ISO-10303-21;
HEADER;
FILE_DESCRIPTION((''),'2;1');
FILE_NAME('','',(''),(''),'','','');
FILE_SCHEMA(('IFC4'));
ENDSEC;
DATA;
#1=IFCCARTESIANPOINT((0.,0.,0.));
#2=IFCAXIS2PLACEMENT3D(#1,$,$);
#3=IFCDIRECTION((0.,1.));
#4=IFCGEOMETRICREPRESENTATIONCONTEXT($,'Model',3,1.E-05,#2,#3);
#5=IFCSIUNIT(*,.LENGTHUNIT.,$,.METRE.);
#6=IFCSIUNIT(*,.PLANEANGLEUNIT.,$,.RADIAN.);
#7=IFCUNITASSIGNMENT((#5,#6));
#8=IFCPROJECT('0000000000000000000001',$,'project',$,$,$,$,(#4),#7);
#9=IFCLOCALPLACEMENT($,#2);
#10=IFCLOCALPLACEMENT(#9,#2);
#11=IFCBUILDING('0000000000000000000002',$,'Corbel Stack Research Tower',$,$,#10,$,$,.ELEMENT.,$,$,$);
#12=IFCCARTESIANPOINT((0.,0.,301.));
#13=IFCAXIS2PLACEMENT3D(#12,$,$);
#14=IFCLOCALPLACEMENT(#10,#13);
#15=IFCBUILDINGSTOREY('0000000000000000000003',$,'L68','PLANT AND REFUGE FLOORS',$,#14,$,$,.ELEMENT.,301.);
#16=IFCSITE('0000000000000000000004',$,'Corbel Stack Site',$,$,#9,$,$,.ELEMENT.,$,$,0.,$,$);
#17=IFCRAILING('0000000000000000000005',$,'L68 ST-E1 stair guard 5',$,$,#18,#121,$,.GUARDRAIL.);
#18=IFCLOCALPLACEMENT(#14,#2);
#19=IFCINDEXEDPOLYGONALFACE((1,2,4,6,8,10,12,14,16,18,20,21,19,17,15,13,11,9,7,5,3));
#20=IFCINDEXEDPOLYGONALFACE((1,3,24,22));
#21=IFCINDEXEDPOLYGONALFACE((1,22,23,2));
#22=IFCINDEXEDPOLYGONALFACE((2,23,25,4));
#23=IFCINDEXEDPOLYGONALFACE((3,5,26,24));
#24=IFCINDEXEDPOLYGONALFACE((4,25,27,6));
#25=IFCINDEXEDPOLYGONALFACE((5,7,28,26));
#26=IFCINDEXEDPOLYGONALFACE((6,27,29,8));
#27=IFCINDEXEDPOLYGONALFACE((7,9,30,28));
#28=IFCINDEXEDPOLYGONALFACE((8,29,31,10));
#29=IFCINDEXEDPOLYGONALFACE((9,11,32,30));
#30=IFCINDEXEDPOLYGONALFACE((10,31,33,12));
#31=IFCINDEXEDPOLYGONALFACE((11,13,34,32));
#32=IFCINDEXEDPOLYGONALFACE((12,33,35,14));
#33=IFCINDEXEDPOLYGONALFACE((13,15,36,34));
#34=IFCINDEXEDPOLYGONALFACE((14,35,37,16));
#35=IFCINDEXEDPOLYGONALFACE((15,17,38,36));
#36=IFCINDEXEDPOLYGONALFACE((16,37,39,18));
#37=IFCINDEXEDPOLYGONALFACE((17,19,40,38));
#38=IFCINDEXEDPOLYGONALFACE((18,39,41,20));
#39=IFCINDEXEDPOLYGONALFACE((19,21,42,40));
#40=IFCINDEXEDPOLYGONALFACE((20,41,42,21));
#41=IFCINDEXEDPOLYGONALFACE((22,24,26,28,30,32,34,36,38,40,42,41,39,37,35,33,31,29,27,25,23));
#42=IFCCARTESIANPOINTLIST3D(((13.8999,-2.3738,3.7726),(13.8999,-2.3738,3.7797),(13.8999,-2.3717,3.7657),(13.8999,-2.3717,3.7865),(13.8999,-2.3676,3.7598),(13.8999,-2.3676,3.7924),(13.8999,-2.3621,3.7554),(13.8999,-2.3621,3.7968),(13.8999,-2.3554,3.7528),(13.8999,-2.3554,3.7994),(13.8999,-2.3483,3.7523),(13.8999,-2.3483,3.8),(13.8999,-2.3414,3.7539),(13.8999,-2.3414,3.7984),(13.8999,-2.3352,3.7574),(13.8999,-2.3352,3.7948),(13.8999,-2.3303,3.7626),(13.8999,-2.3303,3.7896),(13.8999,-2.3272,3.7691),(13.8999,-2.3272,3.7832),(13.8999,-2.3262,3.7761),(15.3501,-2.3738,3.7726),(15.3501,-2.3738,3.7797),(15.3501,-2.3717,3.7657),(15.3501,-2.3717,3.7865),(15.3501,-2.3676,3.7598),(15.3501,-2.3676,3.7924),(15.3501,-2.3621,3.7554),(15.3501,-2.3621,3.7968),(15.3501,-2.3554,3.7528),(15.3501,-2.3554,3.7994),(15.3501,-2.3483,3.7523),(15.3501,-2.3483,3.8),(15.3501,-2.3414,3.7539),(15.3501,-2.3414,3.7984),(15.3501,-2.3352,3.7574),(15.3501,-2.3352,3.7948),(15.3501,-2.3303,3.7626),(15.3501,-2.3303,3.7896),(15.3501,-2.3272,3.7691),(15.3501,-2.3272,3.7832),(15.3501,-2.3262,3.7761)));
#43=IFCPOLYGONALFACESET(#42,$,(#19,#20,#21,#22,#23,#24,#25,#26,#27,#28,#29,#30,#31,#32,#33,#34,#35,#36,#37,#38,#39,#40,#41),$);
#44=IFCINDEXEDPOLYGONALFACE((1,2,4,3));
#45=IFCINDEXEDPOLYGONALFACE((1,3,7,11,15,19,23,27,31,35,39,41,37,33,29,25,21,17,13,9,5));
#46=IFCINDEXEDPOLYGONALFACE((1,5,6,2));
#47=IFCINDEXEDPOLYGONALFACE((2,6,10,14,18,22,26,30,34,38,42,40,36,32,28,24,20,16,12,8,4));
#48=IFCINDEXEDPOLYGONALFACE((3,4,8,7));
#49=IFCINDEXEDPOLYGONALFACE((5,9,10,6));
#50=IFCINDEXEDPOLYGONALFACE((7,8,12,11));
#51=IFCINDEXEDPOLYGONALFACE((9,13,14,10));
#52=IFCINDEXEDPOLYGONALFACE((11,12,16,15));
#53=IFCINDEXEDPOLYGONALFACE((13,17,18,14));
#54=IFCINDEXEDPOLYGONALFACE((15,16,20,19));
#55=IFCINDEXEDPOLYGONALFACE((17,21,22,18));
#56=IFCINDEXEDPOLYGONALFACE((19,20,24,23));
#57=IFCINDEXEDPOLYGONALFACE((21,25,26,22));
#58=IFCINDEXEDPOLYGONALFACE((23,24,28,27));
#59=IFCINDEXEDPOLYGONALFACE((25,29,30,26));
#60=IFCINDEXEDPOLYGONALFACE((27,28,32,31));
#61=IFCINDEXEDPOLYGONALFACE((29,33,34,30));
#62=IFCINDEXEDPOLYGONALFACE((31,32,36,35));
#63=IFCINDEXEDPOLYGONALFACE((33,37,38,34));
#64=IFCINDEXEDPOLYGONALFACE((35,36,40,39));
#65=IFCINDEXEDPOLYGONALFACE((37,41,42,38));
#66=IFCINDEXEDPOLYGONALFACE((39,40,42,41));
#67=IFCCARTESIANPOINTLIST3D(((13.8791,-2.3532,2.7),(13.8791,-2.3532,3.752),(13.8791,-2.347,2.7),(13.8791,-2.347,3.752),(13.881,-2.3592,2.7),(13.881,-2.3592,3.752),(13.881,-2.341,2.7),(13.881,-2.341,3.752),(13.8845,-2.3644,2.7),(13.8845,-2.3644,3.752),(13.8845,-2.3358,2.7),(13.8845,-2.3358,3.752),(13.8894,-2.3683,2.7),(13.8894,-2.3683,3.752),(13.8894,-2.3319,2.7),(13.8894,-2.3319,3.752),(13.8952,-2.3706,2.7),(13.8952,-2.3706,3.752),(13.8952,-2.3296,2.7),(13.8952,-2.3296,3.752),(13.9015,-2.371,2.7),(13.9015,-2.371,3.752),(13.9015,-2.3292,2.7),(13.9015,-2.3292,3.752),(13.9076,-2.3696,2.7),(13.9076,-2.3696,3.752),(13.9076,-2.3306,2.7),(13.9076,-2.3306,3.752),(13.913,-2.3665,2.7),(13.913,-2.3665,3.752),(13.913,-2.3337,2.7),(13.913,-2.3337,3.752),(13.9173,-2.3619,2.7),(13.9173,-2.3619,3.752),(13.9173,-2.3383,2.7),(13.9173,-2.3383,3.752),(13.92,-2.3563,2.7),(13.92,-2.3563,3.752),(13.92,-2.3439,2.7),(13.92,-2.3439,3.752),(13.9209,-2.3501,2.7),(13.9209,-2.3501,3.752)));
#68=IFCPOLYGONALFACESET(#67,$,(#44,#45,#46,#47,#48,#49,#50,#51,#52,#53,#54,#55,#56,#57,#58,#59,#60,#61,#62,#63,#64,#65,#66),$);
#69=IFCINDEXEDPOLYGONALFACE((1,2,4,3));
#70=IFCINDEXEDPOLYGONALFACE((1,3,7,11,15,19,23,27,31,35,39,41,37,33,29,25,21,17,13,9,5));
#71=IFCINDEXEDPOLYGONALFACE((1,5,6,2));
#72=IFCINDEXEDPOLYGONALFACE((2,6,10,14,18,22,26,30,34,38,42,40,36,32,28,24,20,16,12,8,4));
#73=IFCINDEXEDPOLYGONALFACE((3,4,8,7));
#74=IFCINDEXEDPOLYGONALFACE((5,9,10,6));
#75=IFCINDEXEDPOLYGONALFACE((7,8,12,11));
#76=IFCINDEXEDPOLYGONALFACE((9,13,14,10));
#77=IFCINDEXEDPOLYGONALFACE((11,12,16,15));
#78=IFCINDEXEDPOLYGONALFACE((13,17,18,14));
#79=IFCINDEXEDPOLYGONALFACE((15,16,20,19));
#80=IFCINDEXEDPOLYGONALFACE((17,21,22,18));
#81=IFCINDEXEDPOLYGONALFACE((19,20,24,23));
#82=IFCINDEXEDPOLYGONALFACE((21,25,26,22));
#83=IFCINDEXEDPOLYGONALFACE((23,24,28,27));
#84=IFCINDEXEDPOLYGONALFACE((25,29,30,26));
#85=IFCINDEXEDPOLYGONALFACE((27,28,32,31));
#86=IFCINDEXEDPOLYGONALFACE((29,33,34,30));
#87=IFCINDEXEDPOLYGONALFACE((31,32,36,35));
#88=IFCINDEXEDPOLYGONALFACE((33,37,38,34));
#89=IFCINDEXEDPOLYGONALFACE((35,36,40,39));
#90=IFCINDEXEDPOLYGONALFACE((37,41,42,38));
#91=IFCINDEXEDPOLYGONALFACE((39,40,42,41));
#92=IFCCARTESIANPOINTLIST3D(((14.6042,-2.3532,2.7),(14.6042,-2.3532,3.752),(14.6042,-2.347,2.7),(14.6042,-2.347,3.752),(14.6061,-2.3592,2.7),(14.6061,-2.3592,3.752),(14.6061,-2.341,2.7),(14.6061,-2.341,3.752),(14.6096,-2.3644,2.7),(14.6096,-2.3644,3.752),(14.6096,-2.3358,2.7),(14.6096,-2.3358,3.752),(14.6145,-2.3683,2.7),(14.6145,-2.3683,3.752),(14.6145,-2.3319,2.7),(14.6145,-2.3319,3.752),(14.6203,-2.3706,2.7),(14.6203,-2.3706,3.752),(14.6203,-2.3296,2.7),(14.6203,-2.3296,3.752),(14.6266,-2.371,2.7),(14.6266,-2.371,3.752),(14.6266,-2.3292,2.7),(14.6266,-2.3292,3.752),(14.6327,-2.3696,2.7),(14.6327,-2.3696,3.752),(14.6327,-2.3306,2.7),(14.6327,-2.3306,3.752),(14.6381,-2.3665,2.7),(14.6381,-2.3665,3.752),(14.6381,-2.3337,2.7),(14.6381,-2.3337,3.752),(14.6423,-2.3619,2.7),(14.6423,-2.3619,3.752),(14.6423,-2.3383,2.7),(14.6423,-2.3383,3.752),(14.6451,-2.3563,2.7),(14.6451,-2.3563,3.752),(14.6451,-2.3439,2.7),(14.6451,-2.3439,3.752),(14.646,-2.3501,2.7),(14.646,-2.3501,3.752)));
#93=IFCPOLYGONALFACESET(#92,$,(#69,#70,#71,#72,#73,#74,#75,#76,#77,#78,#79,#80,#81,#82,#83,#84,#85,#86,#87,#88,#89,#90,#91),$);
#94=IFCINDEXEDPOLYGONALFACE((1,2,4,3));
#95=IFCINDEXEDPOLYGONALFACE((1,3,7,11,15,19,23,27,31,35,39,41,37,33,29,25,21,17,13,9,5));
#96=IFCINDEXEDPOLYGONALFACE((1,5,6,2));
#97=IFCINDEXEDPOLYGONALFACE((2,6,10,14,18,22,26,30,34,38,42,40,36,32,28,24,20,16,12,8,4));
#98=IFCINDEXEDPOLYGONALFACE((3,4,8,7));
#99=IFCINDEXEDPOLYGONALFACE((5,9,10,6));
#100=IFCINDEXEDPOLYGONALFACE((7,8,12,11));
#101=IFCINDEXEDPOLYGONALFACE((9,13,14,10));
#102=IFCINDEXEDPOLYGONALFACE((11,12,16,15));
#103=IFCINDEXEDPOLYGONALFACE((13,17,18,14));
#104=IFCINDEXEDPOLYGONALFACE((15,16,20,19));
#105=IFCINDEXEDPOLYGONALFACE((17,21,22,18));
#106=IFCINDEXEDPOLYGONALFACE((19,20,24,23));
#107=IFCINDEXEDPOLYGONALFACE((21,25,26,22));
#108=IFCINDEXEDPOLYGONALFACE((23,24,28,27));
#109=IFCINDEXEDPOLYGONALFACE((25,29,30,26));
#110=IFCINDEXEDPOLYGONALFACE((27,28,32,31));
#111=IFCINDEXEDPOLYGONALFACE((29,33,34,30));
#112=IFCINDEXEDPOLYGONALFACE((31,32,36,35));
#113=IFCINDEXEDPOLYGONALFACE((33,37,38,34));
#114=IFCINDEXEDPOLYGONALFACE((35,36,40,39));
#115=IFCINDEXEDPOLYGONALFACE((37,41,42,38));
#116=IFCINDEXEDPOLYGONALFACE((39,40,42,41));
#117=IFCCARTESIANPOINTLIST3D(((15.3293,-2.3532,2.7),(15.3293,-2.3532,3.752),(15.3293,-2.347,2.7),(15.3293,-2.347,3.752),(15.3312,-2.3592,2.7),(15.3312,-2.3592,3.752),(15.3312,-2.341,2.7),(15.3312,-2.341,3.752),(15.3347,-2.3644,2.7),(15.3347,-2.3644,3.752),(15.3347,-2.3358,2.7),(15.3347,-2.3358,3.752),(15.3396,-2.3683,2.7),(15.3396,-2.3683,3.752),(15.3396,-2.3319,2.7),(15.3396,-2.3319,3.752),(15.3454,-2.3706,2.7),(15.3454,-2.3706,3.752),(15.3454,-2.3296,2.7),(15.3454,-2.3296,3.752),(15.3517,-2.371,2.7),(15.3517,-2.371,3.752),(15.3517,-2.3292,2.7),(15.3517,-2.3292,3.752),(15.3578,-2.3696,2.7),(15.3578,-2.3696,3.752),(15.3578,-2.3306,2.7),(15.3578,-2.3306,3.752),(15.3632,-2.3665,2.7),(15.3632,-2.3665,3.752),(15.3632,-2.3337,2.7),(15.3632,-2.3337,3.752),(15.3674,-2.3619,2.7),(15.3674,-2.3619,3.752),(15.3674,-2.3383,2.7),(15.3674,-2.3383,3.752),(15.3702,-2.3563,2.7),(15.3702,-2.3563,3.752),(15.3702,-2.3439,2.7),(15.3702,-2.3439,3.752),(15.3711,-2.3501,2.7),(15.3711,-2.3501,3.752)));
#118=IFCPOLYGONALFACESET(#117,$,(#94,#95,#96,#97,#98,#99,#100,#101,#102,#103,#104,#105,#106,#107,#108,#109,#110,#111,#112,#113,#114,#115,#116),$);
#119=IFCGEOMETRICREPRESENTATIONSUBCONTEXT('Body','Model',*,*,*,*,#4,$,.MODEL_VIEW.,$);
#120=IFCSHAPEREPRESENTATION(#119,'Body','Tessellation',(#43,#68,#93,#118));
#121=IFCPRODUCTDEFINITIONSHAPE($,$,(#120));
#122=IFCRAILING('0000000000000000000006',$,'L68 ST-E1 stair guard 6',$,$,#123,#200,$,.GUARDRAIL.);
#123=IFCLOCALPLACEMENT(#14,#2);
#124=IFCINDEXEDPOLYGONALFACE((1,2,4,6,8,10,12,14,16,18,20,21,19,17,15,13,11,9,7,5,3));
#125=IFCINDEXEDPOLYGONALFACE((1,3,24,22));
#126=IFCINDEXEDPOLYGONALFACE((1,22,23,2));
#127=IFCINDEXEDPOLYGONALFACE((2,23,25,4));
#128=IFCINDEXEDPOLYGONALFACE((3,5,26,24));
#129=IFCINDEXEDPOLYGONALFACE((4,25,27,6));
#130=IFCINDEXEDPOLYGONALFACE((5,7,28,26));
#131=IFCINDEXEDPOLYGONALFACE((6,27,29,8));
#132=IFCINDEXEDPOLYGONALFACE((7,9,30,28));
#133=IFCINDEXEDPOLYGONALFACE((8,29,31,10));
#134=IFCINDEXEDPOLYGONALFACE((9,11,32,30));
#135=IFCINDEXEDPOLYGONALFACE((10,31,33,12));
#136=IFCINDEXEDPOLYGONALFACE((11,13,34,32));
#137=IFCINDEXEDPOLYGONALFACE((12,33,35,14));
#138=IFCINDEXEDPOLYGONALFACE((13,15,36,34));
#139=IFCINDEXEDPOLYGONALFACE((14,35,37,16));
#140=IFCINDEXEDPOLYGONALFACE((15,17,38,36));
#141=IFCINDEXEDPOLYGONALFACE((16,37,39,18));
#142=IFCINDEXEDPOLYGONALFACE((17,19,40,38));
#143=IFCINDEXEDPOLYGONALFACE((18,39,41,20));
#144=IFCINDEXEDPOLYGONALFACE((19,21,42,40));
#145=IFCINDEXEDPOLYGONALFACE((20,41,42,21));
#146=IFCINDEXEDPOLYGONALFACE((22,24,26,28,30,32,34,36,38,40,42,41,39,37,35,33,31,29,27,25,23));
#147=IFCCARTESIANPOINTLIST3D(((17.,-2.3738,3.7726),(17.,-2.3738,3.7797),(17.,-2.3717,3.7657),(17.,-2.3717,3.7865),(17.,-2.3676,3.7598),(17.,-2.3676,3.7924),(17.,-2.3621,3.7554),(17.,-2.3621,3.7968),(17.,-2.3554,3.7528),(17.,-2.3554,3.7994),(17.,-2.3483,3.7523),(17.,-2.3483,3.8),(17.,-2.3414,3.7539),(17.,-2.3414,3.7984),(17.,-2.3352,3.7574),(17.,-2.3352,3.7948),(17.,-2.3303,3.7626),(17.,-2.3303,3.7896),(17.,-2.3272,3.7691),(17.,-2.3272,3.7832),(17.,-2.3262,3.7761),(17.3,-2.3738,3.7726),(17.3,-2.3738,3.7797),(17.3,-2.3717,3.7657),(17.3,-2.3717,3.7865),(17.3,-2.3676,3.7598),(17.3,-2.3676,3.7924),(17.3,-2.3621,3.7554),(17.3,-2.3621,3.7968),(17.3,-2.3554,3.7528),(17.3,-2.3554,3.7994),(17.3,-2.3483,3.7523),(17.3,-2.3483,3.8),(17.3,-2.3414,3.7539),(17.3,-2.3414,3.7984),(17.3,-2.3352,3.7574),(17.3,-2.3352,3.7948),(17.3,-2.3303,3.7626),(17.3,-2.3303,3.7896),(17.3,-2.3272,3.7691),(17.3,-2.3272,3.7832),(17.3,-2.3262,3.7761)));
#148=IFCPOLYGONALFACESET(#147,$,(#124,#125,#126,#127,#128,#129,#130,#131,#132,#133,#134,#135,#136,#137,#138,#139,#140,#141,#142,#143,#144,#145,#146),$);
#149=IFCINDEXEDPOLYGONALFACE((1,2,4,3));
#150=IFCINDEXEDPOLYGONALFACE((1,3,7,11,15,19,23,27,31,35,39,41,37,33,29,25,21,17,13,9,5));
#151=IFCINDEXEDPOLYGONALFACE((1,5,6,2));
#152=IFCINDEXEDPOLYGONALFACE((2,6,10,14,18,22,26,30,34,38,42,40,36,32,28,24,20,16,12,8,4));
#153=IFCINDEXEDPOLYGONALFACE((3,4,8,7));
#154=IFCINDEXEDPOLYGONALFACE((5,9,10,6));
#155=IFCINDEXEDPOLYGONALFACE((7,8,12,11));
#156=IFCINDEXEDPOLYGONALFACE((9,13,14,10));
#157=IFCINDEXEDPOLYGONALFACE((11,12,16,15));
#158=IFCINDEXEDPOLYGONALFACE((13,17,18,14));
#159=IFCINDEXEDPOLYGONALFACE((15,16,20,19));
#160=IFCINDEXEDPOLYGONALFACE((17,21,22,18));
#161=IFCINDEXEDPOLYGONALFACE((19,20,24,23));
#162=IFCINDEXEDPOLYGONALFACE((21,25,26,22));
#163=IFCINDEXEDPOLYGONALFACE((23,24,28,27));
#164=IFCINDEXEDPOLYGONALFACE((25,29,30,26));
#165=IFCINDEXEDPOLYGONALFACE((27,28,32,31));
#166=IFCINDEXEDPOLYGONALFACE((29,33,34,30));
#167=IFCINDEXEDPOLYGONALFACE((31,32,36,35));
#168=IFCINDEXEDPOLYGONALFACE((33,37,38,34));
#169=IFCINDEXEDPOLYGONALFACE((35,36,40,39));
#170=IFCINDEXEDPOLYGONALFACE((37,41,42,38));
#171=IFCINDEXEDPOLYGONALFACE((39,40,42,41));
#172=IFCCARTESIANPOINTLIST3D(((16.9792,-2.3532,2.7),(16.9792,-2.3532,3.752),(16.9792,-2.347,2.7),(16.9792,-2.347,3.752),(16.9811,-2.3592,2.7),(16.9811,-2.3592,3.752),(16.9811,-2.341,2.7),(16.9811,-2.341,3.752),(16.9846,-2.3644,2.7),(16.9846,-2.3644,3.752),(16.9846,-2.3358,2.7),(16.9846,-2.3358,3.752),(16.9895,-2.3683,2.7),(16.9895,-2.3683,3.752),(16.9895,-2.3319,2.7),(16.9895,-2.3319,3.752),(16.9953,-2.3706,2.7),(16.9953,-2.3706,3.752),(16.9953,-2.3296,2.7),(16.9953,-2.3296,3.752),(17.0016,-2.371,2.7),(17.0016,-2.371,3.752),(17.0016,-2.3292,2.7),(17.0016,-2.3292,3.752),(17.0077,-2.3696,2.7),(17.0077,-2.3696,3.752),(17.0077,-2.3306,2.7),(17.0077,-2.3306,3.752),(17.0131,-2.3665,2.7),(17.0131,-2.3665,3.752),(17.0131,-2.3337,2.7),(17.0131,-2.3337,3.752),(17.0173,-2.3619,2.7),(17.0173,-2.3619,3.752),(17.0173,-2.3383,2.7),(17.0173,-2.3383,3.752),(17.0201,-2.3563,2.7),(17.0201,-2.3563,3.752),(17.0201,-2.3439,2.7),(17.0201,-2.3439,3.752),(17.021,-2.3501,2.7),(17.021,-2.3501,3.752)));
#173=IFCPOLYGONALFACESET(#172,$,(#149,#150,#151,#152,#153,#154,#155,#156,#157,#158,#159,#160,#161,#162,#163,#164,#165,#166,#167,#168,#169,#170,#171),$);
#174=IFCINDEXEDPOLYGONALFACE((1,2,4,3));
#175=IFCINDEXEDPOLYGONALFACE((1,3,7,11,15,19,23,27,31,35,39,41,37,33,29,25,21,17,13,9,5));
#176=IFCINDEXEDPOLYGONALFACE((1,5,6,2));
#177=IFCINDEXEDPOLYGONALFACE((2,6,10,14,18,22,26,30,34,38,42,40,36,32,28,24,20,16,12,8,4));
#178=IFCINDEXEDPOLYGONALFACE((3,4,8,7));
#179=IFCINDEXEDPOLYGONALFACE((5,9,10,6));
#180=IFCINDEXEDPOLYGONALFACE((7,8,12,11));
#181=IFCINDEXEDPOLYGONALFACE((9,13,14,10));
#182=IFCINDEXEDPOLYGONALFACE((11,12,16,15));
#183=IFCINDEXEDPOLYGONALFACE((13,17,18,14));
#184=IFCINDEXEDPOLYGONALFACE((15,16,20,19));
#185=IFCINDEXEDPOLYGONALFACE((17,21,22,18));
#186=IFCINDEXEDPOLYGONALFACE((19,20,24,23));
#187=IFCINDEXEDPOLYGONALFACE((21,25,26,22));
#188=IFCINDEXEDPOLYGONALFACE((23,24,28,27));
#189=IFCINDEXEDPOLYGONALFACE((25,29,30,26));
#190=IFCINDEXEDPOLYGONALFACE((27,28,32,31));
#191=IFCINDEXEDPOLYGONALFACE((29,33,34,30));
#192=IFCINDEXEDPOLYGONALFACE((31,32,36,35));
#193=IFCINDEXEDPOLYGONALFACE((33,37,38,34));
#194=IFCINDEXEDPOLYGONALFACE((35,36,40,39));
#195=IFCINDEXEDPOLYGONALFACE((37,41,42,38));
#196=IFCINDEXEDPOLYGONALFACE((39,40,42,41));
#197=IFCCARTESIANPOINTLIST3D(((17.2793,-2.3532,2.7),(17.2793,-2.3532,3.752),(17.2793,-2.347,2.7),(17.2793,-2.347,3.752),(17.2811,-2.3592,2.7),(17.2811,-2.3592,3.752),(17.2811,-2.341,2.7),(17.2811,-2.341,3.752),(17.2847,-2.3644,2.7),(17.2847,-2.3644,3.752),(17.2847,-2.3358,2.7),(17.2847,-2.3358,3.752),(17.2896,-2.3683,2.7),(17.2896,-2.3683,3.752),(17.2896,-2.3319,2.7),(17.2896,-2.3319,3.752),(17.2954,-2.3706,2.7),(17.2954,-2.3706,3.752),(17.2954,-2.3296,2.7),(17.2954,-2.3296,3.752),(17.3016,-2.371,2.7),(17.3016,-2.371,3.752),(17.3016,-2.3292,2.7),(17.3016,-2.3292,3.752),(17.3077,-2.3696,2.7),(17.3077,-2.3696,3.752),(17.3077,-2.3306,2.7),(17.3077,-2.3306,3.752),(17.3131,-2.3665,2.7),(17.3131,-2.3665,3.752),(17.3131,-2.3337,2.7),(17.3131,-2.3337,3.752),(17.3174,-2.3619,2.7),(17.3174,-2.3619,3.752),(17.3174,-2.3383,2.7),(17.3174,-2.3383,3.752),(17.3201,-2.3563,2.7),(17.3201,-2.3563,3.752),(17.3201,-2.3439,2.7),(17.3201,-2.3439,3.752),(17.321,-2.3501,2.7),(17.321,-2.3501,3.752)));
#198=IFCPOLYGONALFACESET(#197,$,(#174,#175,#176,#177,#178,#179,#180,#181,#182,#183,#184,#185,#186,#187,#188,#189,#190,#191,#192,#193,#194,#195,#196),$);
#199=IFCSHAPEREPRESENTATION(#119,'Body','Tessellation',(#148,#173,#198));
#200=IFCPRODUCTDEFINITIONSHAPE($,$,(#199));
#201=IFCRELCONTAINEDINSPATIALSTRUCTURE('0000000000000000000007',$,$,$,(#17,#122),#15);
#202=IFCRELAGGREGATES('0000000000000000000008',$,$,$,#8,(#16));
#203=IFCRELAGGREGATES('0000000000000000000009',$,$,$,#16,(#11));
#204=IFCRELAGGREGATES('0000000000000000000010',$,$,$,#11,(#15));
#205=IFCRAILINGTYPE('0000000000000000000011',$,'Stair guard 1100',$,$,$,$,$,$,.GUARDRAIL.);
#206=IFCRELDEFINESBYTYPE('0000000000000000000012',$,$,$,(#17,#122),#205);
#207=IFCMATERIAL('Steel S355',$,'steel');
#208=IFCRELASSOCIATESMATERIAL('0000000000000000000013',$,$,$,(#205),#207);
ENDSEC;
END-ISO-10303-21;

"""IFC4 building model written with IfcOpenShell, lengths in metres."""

from ifc_helpers import new_model, si_unit, direction, frame, origin, origin_2d, place, context, subcontext, project, spatial, circle, extrude, material, type_object, element, save


model = new_model("IFC4")

# Units and contexts
model_context = context("Model", 3, precision=1e-05, world=origin(), true_north=direction((0.0, 1.0)))
body_context = subcontext(model_context, "Body", "Model", "MODEL_VIEW")
ifc_project = project(units=[si_unit("LENGTHUNIT", "METRE"), si_unit("PLANEANGLEUNIT", "RADIAN")], contexts=[model_context])

# Site, building, storey
site_placement = place(None, origin())
site = spatial("IfcSite", under=ifc_project, at=site_placement, Name="Corbel Stack Site", CompositionType="ELEMENT", RefElevation=0.0)
building_placement = place(site_placement, origin())
building = spatial("IfcBuilding", under=site, at=building_placement, Name="Corbel Stack Research Tower", CompositionType="ELEMENT")
storey_placement = place(building_placement, frame((0.0, 0.0, 301.0)))
storey = spatial("IfcBuildingStorey", under=building, at=storey_placement, Name="L68", Description="PLANT AND REFUGE FLOORS", CompositionType="ELEMENT", Elevation=301.0)

# Railings
ifc_material_1 = material(Name="Steel S355", Category="steel")
railing_type_1 = type_object("IfcRailingType", Name="Stair guard 1100", PredefinedType="GUARDRAIL", material=ifc_material_1)
railing_1_placement = place(storey_placement, frame((13.8999, -2.3501, 2.7)))
element("IfcRailing", 1, at=railing_1_placement, inside=storey, type_object=railing_type_1, Name="L68 ST-E1 stair guard 5", PredefinedType="GUARDRAIL", context=body_context, shape_type="SweptSolid", body=[
    extrude(circle(Radius=0.0239, at=origin_2d()), frame((0.0, 0.0, 1.0762), z_axis=(1.0, 0.0, 0.0), x_axis=(0.0, 1.0, 0.0)), (0.0, 0.0, 1.0), 1.4502),
    extrude(circle(Radius=0.021, at=origin_2d()), origin(), (0.0, 0.0, 1.0), 1.052),
    extrude(circle(Radius=0.021, at=origin_2d()), frame((0.7251, 0.0, 0.0)), (0.0, 0.0, 1.0), 1.052),
    extrude(circle(Radius=0.021, at=origin_2d()), frame((1.4502, 0.0, 0.0)), (0.0, 0.0, 1.0), 1.052),
])
railing_2_placement = place(storey_placement, frame((17.0, -2.3501, 2.7)))
element("IfcRailing", 2, at=railing_2_placement, inside=storey, type_object=railing_type_1, Name="L68 ST-E1 stair guard 6", PredefinedType="GUARDRAIL", context=body_context, shape_type="SweptSolid", body=[
    extrude(circle(Radius=0.0239, at=origin_2d()), frame((0.0, 0.0, 1.0762), z_axis=(1.0, 0.0, 0.0), x_axis=(0.0, 1.0, 0.0)), (0.0, 0.0, 1.0), 0.3),
    extrude(circle(Radius=0.021, at=origin_2d()), origin(), (0.0, 0.0, 1.0), 1.052),
    extrude(circle(Radius=0.021, at=origin_2d()), frame((0.3, 0.0, 0.0)), (0.0, 0.0, 1.0), 1.052),
])

save(model, "model.ifc")
